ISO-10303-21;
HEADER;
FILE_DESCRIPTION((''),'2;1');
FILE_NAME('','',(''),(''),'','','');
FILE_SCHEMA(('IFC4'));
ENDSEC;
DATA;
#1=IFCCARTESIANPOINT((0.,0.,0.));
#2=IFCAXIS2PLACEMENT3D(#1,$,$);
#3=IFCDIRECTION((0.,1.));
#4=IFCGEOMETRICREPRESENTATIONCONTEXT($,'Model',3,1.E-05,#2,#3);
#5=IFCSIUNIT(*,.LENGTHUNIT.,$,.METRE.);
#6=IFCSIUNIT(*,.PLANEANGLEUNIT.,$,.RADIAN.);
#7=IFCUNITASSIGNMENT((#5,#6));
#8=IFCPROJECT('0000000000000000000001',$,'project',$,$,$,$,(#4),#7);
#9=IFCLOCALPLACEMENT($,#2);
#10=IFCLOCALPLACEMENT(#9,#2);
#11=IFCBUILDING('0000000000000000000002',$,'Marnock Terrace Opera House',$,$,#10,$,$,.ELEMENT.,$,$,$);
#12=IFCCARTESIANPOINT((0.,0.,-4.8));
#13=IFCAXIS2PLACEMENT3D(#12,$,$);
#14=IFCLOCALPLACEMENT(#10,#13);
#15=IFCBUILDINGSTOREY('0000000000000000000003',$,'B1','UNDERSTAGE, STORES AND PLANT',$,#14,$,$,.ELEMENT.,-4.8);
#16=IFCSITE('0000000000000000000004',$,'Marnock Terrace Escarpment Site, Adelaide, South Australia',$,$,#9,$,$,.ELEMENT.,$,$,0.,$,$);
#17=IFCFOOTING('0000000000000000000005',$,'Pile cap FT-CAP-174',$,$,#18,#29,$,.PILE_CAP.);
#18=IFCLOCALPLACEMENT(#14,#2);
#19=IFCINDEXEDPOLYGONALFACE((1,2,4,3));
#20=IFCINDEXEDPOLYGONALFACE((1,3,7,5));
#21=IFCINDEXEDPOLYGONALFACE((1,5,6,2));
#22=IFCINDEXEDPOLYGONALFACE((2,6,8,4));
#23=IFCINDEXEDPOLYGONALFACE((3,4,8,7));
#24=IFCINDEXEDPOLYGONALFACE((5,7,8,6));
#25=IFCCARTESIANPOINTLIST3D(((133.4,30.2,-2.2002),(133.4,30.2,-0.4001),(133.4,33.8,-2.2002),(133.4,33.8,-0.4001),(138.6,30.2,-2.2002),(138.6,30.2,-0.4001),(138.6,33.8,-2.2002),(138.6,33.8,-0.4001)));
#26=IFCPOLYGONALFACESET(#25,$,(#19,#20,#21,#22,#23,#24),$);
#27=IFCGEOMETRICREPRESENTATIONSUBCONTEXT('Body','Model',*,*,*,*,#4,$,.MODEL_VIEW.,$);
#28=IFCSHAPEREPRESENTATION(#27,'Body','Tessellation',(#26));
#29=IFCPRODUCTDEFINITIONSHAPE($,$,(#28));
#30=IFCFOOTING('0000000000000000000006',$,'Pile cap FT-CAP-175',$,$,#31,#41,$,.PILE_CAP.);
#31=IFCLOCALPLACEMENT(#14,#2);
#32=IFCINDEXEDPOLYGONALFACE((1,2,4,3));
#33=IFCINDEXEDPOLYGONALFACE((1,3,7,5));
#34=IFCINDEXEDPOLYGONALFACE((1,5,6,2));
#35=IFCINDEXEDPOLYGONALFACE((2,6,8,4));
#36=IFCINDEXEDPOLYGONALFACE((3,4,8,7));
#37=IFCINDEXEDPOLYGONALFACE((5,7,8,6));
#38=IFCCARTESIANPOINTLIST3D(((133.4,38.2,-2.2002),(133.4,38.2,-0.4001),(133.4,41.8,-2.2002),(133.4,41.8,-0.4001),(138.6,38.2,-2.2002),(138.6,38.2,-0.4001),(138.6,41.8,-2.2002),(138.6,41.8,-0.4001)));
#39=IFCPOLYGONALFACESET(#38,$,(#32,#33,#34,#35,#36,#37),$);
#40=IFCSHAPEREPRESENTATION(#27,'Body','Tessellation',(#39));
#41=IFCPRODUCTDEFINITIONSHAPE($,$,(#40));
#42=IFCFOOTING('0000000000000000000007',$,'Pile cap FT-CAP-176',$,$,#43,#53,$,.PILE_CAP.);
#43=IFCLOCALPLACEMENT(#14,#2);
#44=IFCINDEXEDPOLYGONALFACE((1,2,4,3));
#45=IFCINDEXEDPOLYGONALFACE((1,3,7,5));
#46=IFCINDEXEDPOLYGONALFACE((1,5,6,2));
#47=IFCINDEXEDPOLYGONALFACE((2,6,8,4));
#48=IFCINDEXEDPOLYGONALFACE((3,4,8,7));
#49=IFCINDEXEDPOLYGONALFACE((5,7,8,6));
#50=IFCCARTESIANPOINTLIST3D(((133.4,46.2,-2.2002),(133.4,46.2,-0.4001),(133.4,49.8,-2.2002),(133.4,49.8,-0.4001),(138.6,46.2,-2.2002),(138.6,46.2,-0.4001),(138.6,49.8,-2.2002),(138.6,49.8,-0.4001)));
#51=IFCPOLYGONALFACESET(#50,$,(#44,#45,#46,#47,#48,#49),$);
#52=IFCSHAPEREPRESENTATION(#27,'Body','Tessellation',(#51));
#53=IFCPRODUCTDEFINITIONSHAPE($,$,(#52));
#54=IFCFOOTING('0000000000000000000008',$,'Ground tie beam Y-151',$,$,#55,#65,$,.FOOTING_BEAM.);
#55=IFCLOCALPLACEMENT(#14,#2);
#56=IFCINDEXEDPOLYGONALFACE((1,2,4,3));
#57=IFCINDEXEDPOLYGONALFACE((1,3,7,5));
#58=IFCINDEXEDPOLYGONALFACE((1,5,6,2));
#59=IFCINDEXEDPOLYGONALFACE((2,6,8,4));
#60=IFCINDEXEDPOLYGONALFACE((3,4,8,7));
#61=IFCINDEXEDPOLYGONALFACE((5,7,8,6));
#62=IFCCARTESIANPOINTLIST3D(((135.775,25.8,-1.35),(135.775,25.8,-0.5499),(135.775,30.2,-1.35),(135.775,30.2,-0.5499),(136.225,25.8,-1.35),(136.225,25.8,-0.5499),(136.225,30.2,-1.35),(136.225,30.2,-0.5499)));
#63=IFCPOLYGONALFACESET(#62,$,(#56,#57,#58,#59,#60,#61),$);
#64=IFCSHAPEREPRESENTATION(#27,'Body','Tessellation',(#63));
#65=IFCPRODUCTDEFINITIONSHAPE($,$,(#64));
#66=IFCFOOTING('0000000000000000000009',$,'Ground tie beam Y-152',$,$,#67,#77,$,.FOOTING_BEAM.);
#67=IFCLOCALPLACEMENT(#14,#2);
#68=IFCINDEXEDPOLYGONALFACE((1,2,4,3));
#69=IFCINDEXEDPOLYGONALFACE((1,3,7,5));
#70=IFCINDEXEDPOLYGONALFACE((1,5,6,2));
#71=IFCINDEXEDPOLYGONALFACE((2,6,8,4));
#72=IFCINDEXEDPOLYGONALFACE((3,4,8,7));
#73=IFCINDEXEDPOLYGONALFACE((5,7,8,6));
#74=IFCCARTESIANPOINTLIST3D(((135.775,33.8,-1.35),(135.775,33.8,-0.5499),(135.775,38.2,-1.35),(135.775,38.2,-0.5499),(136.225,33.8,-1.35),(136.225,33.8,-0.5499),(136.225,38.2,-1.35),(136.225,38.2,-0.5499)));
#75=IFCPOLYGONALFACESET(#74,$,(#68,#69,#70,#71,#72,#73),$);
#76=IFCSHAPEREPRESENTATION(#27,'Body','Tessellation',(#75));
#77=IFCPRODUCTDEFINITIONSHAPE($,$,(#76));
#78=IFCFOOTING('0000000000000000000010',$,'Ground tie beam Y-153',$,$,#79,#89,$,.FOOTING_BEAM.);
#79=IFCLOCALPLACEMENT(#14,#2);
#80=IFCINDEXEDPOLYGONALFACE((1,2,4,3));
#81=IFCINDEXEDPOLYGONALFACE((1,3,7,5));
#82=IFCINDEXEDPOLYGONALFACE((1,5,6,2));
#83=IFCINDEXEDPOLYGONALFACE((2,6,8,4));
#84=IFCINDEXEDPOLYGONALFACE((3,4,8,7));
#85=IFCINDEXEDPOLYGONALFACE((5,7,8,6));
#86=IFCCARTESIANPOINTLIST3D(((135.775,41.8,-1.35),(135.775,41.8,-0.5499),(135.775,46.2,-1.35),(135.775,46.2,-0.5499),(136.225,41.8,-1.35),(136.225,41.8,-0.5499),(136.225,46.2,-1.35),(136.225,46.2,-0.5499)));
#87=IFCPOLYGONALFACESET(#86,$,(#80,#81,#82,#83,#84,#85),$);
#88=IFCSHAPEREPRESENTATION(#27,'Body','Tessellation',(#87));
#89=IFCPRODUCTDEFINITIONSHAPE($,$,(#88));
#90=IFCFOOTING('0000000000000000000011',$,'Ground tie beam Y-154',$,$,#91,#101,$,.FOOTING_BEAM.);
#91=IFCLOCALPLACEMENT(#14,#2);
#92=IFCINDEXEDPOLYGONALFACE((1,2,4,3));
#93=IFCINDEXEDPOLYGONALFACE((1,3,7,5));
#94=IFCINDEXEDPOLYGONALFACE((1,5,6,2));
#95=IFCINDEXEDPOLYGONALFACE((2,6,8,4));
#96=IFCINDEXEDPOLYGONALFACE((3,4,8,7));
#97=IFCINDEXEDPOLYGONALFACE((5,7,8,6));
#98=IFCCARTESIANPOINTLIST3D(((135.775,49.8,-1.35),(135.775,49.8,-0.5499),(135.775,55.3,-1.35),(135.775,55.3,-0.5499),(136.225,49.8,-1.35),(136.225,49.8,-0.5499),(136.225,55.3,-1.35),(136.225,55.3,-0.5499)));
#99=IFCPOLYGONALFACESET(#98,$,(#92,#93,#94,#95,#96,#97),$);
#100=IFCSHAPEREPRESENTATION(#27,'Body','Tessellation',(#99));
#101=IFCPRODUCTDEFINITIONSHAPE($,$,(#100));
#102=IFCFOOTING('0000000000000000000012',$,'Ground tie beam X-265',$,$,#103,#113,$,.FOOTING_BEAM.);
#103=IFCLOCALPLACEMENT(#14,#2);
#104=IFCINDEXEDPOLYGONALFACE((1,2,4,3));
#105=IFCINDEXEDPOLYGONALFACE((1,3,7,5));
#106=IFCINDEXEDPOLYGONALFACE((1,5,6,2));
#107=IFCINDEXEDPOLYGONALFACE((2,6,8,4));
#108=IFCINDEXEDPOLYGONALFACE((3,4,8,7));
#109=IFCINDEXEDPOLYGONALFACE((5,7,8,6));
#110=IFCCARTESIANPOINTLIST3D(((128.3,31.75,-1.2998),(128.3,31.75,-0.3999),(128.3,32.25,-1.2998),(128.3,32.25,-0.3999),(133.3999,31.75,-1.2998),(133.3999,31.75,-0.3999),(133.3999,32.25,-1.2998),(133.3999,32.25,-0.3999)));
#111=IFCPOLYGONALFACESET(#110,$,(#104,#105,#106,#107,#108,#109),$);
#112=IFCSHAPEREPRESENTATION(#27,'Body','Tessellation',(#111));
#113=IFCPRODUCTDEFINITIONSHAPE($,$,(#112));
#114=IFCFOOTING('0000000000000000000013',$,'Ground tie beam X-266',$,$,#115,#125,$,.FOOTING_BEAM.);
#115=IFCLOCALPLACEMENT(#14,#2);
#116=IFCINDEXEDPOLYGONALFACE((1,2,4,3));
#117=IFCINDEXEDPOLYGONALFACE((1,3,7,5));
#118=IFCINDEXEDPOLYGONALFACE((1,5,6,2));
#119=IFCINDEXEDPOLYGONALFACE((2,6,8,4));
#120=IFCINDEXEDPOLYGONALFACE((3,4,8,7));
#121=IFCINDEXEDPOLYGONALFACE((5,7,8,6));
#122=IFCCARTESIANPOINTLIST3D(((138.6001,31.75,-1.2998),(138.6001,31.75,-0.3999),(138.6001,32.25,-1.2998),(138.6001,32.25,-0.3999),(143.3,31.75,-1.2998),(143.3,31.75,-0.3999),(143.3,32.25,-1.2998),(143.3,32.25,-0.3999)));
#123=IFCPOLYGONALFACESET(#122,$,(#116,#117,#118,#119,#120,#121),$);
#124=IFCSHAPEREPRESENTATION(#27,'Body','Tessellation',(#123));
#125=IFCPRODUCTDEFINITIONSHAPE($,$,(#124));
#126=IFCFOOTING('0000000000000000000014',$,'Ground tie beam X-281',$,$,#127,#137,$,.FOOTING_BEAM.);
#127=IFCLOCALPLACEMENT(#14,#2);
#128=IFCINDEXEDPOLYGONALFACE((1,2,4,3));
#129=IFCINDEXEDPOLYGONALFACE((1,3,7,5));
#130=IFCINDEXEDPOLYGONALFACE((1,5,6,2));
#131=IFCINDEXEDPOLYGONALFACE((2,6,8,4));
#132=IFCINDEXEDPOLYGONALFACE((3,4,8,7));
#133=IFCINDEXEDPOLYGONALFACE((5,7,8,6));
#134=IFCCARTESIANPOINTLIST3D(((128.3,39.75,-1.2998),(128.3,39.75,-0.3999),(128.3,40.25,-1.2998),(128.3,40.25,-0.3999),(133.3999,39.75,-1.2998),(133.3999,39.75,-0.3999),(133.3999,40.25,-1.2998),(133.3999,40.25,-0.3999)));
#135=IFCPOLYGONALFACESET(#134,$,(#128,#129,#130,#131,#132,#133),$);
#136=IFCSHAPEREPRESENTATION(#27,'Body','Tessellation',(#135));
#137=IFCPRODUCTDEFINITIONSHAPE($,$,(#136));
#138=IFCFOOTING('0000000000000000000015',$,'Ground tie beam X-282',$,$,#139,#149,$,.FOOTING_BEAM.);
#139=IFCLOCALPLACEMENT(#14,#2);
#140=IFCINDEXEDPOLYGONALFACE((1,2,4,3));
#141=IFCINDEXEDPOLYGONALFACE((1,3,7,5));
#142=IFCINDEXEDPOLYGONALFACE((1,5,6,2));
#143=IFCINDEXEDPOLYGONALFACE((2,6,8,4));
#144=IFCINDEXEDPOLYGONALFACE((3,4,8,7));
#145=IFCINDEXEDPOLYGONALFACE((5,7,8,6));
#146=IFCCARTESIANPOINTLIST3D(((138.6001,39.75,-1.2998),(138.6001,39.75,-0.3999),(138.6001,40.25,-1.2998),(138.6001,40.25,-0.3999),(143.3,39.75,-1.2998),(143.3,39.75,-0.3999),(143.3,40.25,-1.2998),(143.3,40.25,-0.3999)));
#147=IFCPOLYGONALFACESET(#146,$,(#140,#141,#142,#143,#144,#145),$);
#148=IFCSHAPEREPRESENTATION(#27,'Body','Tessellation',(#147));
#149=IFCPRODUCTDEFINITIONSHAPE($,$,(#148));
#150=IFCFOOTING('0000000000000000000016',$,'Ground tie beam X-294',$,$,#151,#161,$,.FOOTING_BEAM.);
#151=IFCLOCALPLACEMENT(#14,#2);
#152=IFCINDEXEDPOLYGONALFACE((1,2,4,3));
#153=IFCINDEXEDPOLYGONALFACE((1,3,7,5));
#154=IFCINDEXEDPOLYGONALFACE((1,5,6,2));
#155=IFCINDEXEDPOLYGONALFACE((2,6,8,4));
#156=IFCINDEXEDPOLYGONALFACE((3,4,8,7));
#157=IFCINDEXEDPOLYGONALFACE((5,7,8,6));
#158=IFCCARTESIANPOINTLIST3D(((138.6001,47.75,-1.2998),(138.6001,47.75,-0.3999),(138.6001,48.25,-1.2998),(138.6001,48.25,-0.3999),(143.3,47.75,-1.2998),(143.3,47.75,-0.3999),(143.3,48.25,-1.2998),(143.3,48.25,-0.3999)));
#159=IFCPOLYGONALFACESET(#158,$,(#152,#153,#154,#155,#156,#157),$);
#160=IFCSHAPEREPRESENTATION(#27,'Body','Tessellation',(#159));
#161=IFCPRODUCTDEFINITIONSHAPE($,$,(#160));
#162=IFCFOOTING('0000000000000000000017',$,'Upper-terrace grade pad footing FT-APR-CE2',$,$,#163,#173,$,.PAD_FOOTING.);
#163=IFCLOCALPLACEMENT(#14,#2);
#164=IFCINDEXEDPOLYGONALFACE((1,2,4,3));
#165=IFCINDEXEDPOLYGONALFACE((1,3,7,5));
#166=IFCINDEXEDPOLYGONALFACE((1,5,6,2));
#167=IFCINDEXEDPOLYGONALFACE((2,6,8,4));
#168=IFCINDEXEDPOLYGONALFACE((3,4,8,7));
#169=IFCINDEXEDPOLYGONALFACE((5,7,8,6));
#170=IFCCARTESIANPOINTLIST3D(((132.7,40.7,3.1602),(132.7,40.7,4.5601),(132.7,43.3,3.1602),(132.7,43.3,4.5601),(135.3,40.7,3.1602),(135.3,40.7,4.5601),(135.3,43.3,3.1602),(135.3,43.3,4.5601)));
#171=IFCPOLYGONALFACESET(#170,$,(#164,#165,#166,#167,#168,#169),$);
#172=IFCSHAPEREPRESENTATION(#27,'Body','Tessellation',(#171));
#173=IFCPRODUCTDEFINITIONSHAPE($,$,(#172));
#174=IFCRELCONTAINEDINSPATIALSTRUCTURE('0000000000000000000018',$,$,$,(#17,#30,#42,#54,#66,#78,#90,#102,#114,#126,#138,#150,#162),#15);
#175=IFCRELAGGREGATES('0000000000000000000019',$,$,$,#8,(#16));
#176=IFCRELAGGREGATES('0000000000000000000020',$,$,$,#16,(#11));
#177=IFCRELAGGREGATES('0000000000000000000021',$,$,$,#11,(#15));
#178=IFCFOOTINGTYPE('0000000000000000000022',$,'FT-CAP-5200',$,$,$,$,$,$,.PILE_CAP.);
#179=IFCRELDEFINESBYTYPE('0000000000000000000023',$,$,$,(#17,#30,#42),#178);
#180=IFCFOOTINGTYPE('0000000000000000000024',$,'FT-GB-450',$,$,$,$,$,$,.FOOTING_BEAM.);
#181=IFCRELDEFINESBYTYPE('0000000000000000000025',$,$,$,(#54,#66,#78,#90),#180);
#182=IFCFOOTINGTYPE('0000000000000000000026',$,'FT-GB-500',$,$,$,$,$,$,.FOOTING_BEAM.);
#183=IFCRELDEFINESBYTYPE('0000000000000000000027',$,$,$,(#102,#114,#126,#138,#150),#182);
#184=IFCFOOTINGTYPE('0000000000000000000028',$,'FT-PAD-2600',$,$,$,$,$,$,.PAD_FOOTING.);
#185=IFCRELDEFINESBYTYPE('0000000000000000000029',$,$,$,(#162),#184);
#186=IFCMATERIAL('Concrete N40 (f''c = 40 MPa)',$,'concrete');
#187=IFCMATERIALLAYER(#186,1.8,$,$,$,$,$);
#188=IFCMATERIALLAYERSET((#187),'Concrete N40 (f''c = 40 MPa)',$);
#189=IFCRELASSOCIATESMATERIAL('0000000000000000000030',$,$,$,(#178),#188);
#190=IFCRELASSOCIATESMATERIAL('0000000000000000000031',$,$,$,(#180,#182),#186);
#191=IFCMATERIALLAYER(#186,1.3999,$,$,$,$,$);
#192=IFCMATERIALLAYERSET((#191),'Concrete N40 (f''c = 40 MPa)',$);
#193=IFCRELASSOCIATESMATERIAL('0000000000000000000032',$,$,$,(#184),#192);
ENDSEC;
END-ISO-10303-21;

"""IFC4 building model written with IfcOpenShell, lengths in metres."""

from ifc_helpers import new_model, si_unit, direction, frame, origin, origin_2d, place, context, subcontext, project, spatial, rectangle, extrude, material, layer, layer_set, material_profile, profile_set, type_object, element, save


model = new_model("IFC4")

# Units and contexts
model_context = context("Model", 3, precision=1e-05, world=origin(), true_north=direction((0.0, 1.0)))
body_context = subcontext(model_context, "Body", "Model", "MODEL_VIEW")
ifc_project = project(units=[si_unit("LENGTHUNIT", "METRE"), si_unit("PLANEANGLEUNIT", "RADIAN")], contexts=[model_context])

# Site, building, storey
site_placement = place(None, origin())
site = spatial("IfcSite", under=ifc_project, at=site_placement, Name="Marnock Terrace Escarpment Site, Adelaide, South Australia", CompositionType="ELEMENT", RefElevation=0.0)
building_placement = place(site_placement, origin())
building = spatial("IfcBuilding", under=site, at=building_placement, Name="Marnock Terrace Opera House", CompositionType="ELEMENT")
storey_placement = place(building_placement, frame((0.0, 0.0, -4.8)))
storey = spatial("IfcBuildingStorey", under=building, at=storey_placement, Name="B1", Description="UNDERSTAGE, STORES AND PLANT", CompositionType="ELEMENT", Elevation=-4.8)

# Footings
ifc_material_1 = material(Name="Concrete N40 (f'c = 40 MPa)", Category="concrete")
ifc_layer_1 = layer(ifc_material_1, 1.8)
ifc_layer_set_1 = layer_set([ifc_layer_1], Name="Concrete N40 (f'c = 40 MPa)")
footing_type_1 = type_object("IfcFootingType", Name="FT-CAP-5200", PredefinedType="PILE_CAP", material=ifc_layer_set_1)
for number, where, z_axis, x_axis, name in (
    (1, (136.0, 32.0, -2.2002), (0.0, 0.0, 1.0), (1.0, 0.0, 0.0), "Pile cap FT-CAP-174"),
    (2, (136.0, 40.0, -2.2002), (0.0, 0.0, 1.0), (1.0, 0.0, 0.0), "Pile cap FT-CAP-175"),
    (3, (136.0, 48.0, -2.2002), (0.0, 0.0, 1.0), (1.0, 0.0, 0.0), "Pile cap FT-CAP-176"),
):
    element("IfcFooting", number, at=place(storey_placement, frame(where, z_axis=z_axis, x_axis=x_axis)), inside=storey, type_object=footing_type_1, Name=name, PredefinedType="PILE_CAP", context=body_context, shape_type="SweptSolid", body=[
        extrude(rectangle(XDim=5.2, YDim=3.6001, at=origin_2d()), origin(), (0.0, 0.0, 1.0), 1.8),
    ])
ifc_material_profile_1 = material_profile(ifc_material_1, rectangle(XDim=0.45, YDim=0.8, at=origin_2d()))
ifc_profile_set_1 = profile_set([ifc_material_profile_1], Name="Concrete N40 (f'c = 40 MPa)")
footing_type_2 = type_object("IfcFootingType", Name="FT-GB-450", PredefinedType="FOOTING_BEAM", material=ifc_profile_set_1)
for number, where, z_axis, x_axis, name in (
    (4, (136.0, 25.8, -0.95), (0.0, 1.0, 0.0), (-1.0, 0.0, 0.0), "Ground tie beam Y-151"),
    (5, (136.0, 33.8, -0.95), (0.0, 1.0, 0.0), (-1.0, 0.0, 0.0), "Ground tie beam Y-152"),
    (6, (136.0, 41.8, -0.95), (0.0, 1.0, 0.0), (-1.0, 0.0, 0.0), "Ground tie beam Y-153"),
):
    element("IfcFooting", number, at=place(storey_placement, frame(where, z_axis=z_axis, x_axis=x_axis)), inside=storey, type_object=footing_type_2, Name=name, PredefinedType="FOOTING_BEAM", context=body_context, shape_type="SweptSolid", body=[
        extrude(rectangle(XDim=0.45, YDim=0.8, at=origin_2d()), origin(), (0.0, 0.0, 1.0), 4.3999),
    ])
footing_1_placement = place(storey_placement, frame((136.0, 49.8, -0.95), z_axis=(0.0, 1.0, 0.0), x_axis=(-1.0, 0.0, 0.0)))
element("IfcFooting", 7, at=footing_1_placement, inside=storey, type_object=footing_type_2, Name="Ground tie beam Y-154", PredefinedType="FOOTING_BEAM", context=body_context, shape_type="SweptSolid", body=[
    extrude(rectangle(XDim=0.45, YDim=0.8, at=origin_2d()), origin(), (0.0, 0.0, 1.0), 5.5),
])
ifc_material_profile_2 = material_profile(ifc_material_1, rectangle(XDim=0.5, YDim=0.8999, at=origin_2d()))
ifc_profile_set_2 = profile_set([ifc_material_profile_2], Name="Concrete N40 (f'c = 40 MPa)")
footing_type_3 = type_object("IfcFootingType", Name="FT-GB-500", PredefinedType="FOOTING_BEAM", material=ifc_profile_set_2)
footing_2_placement = place(storey_placement, frame((128.3, 32.0, -0.8499), z_axis=(1.0, 0.0, 0.0), x_axis=(0.0, 1.0, 0.0)))
element("IfcFooting", 8, at=footing_2_placement, inside=storey, type_object=footing_type_3, Name="Ground tie beam X-265", PredefinedType="FOOTING_BEAM", context=body_context, shape_type="SweptSolid", body=[
    extrude(rectangle(XDim=0.5, YDim=0.8999, at=origin_2d()), origin(), (0.0, 0.0, 1.0), 5.0999),
])
footing_3_placement = place(storey_placement, frame((138.6001, 32.0, -0.8499), z_axis=(1.0, 0.0, 0.0), x_axis=(0.0, 1.0, 0.0)))
element("IfcFooting", 9, at=footing_3_placement, inside=storey, type_object=footing_type_3, Name="Ground tie beam X-266", PredefinedType="FOOTING_BEAM", context=body_context, shape_type="SweptSolid", body=[
    extrude(rectangle(XDim=0.5, YDim=0.8999, at=origin_2d()), origin(), (0.0, 0.0, 1.0), 4.7),
])
footing_4_placement = place(storey_placement, frame((128.3, 40.0, -0.8499), z_axis=(1.0, 0.0, 0.0), x_axis=(0.0, 1.0, 0.0)))
element("IfcFooting", 10, at=footing_4_placement, inside=storey, type_object=footing_type_3, Name="Ground tie beam X-281", PredefinedType="FOOTING_BEAM", context=body_context, shape_type="SweptSolid", body=[
    extrude(rectangle(XDim=0.5, YDim=0.8999, at=origin_2d()), origin(), (0.0, 0.0, 1.0), 5.0999),
])
for number, where, z_axis, x_axis, name in (
    (11, (138.6001, 40.0, -0.8499), (1.0, 0.0, 0.0), (0.0, 1.0, 0.0), "Ground tie beam X-282"),
    (12, (138.6001, 48.0, -0.8499), (1.0, 0.0, 0.0), (0.0, 1.0, 0.0), "Ground tie beam X-294"),
):
    element("IfcFooting", number, at=place(storey_placement, frame(where, z_axis=z_axis, x_axis=x_axis)), inside=storey, type_object=footing_type_3, Name=name, PredefinedType="FOOTING_BEAM", context=body_context, shape_type="SweptSolid", body=[
        extrude(rectangle(XDim=0.5, YDim=0.8999, at=origin_2d()), origin(), (0.0, 0.0, 1.0), 4.7),
    ])
ifc_layer_2 = layer(ifc_material_1, 1.3999)
ifc_layer_set_2 = layer_set([ifc_layer_2], Name="Concrete N40 (f'c = 40 MPa)")
footing_type_4 = type_object("IfcFootingType", Name="FT-PAD-2600", PredefinedType="PAD_FOOTING", material=ifc_layer_set_2)
footing_5_placement = place(storey_placement, frame((134.0, 42.0, 3.1602), z_axis=(0.0, 0.0, 1.0), x_axis=(1.0, 0.0, 0.0)))
element("IfcFooting", 13, at=footing_5_placement, inside=storey, type_object=footing_type_4, Name="Upper-terrace grade pad footing FT-APR-CE2", PredefinedType="PAD_FOOTING", context=body_context, shape_type="SweptSolid", body=[
    extrude(rectangle(XDim=2.6001, YDim=2.6001, at=origin_2d()), origin(), (0.0, 0.0, 1.0), 1.3999),
])

save(model, "model.ifc")
